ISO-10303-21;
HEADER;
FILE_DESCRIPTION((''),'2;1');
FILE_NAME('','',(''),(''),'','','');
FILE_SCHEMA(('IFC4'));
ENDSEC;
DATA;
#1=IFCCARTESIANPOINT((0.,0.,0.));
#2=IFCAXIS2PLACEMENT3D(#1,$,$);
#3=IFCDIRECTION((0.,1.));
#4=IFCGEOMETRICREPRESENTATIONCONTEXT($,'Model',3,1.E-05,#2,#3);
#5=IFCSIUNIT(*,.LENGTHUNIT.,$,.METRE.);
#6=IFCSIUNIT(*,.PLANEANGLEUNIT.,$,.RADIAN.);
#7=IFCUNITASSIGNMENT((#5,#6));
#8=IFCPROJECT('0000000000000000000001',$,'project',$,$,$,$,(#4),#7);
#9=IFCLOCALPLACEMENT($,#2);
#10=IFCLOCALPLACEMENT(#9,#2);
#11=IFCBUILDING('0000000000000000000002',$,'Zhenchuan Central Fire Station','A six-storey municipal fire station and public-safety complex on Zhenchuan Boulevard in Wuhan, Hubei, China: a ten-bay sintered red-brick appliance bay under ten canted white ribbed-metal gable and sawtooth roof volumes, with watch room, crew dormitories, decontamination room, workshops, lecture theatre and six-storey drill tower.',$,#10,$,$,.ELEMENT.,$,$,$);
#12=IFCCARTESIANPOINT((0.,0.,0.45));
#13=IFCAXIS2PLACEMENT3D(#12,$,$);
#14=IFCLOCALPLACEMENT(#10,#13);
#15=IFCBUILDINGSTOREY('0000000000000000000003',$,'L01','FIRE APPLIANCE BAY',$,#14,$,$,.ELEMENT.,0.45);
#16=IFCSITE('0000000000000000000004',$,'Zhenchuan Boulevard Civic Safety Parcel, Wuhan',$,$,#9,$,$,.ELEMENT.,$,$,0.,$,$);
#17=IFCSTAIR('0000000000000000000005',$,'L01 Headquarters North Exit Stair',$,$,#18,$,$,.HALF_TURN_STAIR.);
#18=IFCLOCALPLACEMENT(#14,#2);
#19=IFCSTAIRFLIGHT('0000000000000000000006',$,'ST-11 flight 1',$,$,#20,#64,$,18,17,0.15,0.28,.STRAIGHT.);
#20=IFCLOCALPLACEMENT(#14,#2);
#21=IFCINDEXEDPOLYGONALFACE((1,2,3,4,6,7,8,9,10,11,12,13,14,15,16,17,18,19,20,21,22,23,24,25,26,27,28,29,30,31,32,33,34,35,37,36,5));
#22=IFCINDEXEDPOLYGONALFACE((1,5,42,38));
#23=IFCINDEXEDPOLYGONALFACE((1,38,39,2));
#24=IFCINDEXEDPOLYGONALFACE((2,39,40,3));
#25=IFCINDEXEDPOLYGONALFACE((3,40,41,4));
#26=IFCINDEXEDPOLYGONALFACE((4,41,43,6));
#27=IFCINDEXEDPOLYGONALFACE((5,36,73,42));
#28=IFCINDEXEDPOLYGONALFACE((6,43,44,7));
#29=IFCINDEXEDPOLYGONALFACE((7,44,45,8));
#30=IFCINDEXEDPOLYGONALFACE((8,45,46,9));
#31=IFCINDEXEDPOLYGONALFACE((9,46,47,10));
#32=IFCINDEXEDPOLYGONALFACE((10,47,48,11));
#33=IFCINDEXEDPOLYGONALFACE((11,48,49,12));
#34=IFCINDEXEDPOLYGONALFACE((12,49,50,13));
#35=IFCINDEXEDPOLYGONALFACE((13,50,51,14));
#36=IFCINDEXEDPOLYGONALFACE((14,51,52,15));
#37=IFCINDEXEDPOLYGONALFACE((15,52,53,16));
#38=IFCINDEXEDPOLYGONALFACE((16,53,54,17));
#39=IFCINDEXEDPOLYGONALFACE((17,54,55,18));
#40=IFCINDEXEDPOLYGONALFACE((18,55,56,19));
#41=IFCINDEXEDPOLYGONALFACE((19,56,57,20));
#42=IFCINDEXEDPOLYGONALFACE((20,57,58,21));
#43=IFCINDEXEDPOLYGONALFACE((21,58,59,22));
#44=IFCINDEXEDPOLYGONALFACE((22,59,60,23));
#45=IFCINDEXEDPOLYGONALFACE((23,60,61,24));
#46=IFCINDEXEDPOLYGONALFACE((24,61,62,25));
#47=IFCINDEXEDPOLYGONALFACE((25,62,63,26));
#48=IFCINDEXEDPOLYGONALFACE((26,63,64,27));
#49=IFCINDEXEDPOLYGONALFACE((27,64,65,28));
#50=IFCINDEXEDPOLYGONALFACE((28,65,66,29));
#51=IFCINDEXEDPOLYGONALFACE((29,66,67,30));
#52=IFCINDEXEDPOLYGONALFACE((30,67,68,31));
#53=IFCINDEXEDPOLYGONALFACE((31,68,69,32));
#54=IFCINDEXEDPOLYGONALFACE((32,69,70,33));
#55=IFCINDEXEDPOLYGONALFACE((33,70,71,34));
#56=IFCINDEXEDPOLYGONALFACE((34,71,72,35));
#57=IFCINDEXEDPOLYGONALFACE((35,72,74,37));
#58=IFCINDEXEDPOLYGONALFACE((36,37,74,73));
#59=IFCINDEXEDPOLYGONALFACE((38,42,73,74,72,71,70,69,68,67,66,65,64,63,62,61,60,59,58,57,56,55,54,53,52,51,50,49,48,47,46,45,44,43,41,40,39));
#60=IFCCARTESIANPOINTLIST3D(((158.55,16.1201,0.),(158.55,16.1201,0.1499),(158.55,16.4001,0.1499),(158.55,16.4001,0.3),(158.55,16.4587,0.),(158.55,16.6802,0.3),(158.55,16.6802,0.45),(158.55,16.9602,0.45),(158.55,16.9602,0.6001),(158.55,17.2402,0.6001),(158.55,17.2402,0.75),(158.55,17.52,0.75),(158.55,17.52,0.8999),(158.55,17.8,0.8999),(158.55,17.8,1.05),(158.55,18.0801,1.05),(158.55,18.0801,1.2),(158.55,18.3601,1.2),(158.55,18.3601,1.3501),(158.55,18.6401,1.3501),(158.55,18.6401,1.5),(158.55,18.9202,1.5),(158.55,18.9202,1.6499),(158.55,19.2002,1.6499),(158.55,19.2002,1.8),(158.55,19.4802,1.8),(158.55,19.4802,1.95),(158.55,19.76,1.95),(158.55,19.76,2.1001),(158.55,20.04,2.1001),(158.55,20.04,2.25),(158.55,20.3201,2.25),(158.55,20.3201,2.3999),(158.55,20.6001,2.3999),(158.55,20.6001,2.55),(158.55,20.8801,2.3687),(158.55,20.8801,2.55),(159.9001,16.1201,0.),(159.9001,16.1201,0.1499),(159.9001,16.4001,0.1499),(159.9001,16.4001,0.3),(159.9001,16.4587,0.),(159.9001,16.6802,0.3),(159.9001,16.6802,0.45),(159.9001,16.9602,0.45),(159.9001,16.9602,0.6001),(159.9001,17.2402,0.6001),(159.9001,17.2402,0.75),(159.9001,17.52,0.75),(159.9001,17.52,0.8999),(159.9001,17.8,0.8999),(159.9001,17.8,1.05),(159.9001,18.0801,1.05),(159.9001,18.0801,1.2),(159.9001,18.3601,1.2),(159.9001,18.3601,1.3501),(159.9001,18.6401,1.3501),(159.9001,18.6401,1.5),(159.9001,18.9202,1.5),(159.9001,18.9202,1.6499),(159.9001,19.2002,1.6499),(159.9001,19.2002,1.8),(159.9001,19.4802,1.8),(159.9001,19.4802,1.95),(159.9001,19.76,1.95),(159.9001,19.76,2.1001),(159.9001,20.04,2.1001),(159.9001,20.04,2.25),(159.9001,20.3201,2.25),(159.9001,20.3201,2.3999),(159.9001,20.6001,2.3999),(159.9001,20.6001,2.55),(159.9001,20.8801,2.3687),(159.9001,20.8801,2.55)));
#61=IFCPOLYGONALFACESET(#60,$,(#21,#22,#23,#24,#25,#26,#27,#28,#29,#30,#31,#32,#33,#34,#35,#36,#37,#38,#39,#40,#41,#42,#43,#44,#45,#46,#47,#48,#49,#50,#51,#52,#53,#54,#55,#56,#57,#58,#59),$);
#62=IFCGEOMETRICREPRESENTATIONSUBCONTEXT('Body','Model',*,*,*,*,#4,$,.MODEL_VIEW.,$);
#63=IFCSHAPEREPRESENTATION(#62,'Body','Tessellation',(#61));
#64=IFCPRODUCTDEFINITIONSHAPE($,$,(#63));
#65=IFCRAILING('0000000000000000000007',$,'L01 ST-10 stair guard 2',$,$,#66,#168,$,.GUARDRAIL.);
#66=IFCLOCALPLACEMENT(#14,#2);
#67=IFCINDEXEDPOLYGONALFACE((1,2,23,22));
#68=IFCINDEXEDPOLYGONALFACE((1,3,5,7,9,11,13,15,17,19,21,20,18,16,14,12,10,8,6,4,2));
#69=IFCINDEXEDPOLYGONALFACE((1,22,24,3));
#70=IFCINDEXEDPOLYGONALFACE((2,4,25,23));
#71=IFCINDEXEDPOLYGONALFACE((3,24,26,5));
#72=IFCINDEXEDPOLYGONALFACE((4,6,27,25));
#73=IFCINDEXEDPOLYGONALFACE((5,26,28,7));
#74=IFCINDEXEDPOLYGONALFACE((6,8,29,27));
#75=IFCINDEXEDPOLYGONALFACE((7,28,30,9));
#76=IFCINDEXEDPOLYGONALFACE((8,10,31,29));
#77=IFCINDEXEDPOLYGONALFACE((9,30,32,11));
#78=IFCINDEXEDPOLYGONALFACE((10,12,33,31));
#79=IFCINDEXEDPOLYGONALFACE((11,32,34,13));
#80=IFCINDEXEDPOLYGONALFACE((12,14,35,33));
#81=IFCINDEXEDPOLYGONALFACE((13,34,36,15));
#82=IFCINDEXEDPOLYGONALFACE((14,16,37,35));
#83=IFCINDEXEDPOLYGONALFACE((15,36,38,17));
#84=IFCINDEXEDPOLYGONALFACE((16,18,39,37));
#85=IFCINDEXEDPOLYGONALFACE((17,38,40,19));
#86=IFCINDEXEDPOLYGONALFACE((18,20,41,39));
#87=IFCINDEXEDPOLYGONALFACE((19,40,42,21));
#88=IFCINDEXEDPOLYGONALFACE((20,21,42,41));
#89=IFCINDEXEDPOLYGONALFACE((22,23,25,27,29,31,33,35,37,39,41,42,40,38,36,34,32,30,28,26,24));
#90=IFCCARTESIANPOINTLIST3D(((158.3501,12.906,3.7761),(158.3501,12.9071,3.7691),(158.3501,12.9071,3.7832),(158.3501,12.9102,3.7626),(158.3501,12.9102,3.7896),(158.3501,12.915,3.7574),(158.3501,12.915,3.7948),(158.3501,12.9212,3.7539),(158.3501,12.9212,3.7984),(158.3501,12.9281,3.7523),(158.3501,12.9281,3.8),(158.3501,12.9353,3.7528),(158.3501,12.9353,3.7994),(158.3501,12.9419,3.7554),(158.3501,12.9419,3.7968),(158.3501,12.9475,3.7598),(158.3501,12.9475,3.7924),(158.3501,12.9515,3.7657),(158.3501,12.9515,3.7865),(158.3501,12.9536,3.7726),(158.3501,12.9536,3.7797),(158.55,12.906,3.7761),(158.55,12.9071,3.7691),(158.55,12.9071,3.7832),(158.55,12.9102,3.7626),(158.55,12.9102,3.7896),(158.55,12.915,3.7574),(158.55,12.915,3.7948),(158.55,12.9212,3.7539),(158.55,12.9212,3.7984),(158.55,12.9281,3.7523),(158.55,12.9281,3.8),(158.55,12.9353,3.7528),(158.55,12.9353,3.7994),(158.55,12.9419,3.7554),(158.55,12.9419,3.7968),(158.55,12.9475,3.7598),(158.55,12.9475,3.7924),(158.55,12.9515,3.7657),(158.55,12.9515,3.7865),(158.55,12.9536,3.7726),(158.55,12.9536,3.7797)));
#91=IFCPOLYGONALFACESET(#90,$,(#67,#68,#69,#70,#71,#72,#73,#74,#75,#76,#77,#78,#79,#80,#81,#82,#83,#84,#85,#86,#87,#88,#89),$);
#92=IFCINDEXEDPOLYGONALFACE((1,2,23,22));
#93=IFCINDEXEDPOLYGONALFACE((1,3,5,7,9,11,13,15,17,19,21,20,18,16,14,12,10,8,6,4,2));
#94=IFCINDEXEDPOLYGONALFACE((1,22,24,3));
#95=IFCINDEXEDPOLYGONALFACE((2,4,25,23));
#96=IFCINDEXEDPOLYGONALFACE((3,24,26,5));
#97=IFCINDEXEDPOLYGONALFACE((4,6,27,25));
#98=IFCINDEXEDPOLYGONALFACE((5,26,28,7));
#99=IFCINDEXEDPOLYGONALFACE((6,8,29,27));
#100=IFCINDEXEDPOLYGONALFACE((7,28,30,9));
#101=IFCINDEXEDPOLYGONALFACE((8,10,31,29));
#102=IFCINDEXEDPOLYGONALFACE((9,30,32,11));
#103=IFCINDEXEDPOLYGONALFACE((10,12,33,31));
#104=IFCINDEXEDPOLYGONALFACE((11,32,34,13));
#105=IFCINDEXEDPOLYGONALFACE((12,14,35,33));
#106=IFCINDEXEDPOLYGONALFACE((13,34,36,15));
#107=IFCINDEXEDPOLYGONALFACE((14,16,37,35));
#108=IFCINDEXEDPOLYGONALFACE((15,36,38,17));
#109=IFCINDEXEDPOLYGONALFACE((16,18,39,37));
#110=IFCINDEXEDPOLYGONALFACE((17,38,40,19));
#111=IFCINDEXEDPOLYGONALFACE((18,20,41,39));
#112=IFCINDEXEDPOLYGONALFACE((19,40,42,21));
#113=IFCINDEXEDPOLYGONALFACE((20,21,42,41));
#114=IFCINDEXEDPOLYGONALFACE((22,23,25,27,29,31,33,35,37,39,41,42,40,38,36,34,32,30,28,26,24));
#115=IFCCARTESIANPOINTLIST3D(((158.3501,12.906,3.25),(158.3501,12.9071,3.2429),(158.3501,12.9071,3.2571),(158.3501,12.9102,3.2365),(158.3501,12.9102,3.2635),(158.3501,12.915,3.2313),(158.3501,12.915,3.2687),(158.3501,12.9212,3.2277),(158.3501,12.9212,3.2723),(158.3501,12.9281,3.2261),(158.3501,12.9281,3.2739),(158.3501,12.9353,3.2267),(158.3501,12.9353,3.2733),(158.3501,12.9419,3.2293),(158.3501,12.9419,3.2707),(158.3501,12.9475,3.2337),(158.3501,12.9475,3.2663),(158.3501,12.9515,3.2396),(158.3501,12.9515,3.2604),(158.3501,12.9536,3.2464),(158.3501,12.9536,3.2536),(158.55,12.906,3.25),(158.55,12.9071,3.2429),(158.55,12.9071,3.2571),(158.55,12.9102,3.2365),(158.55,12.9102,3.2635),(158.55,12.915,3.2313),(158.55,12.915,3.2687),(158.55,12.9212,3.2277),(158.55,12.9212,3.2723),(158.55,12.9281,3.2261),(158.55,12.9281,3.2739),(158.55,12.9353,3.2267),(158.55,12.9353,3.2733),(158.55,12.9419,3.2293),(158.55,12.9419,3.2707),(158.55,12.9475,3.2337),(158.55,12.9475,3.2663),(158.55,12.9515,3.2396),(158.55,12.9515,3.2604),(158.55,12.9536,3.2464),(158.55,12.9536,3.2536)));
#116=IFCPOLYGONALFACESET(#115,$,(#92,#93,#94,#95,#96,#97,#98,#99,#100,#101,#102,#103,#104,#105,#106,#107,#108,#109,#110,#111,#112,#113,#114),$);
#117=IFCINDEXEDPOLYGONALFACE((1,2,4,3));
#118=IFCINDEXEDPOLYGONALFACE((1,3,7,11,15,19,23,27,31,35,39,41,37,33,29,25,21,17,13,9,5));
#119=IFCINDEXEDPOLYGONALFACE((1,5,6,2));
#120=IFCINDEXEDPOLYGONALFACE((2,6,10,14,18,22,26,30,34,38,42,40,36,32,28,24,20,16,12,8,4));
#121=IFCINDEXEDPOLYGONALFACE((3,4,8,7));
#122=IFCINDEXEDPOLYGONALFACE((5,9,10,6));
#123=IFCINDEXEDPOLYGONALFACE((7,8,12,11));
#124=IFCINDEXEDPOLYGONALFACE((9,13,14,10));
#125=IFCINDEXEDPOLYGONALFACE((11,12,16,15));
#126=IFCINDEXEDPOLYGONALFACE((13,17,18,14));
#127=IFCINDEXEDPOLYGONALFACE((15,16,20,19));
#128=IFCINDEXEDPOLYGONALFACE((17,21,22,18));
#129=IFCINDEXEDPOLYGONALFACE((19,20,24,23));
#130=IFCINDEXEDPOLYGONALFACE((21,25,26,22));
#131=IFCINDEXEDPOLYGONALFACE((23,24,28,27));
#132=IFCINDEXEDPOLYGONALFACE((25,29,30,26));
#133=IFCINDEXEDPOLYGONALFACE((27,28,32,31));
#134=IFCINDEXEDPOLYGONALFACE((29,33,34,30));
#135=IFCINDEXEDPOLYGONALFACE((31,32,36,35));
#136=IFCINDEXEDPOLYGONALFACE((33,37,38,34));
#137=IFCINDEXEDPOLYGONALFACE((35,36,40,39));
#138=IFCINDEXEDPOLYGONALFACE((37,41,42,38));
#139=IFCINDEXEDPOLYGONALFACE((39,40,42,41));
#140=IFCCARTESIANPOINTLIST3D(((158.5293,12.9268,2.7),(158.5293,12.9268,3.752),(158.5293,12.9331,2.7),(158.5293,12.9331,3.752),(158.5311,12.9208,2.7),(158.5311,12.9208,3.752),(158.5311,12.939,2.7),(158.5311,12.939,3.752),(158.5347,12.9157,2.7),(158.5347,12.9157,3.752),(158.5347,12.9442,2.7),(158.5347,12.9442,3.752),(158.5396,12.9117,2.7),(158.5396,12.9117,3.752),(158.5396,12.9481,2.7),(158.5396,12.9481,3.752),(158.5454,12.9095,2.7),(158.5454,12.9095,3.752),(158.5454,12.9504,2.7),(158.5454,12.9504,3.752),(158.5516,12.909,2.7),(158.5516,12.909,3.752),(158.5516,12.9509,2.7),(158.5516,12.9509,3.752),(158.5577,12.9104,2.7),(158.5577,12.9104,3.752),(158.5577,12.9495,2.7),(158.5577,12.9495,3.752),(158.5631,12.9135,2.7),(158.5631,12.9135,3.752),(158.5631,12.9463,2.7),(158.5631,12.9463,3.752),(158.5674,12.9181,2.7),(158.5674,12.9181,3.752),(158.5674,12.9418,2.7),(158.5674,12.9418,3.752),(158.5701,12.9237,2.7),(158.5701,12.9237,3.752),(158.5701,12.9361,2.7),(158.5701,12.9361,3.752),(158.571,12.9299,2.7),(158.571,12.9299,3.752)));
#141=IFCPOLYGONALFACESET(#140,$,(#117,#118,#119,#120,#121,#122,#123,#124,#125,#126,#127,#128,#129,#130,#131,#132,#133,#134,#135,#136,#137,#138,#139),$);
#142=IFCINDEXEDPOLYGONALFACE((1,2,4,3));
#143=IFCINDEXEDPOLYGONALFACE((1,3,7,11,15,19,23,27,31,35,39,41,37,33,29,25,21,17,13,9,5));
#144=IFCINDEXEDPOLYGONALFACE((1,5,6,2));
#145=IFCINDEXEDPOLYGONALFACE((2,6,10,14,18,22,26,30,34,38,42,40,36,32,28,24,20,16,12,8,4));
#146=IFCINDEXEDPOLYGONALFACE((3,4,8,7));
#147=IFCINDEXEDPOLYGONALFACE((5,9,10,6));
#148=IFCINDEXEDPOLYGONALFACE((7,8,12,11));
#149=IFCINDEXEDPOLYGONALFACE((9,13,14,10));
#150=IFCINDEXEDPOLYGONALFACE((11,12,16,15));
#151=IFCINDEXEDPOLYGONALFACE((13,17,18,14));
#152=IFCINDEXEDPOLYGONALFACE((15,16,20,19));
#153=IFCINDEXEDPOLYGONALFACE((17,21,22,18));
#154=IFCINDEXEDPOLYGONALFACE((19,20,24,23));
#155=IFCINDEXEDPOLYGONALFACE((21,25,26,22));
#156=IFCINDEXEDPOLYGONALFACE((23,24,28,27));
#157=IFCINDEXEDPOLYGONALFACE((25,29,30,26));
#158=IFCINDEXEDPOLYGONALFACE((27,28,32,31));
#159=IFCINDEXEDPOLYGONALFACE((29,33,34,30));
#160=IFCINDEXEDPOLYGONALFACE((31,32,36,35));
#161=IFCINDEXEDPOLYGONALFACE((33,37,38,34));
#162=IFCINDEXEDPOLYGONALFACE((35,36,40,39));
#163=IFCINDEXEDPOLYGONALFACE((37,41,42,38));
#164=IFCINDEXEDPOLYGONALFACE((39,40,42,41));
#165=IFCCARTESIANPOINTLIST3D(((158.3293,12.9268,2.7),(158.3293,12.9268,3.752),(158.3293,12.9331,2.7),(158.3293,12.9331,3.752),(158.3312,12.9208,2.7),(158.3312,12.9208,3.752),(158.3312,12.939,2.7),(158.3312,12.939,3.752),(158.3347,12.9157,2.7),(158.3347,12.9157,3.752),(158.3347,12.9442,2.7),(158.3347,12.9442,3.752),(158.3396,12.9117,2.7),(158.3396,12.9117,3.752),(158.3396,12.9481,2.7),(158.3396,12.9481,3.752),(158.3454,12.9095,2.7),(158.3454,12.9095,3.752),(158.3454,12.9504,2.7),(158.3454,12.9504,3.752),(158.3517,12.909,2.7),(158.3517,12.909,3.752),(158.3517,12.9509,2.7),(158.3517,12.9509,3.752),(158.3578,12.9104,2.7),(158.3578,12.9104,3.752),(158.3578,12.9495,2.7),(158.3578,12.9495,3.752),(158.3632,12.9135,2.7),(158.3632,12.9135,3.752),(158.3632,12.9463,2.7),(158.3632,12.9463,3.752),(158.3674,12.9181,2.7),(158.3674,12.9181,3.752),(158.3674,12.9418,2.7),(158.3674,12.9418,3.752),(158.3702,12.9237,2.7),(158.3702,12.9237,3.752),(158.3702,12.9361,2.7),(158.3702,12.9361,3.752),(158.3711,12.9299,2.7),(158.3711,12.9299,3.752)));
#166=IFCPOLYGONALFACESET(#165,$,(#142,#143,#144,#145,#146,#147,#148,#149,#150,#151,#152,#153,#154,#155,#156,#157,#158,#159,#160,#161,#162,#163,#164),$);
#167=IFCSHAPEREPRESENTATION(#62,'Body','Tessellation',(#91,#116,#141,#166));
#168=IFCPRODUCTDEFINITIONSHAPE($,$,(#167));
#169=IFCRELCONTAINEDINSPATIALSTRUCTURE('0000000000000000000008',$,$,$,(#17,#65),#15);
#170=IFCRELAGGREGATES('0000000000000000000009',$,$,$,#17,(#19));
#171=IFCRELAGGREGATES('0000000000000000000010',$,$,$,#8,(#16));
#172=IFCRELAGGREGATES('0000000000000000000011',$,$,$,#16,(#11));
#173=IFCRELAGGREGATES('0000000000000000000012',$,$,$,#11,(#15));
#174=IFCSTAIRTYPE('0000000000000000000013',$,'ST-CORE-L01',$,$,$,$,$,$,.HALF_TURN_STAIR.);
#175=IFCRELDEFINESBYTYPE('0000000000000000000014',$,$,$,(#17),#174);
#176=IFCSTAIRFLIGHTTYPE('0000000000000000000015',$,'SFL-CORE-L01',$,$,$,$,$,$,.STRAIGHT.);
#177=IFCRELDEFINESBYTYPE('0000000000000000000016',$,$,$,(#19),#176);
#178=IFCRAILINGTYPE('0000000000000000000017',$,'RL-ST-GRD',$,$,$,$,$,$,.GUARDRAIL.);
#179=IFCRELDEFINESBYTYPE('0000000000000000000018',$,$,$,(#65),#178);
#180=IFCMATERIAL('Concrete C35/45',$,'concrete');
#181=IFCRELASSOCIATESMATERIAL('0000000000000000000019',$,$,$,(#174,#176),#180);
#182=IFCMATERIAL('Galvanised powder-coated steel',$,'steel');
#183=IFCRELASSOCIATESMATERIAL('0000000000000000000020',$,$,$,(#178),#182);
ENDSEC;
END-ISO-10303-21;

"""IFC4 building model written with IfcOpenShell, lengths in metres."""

from ifc_helpers import new_model, si_unit, direction, frame, origin, origin_2d, place, context, subcontext, project, spatial, polyline, circle, outline, extrude, material, type_object, element, aggregate, save


model = new_model("IFC4")

# Units and contexts
model_context = context("Model", 3, precision=1e-05, world=origin(), true_north=direction((0.0, 1.0)))
body_context = subcontext(model_context, "Body", "Model", "MODEL_VIEW")
ifc_project = project(units=[si_unit("LENGTHUNIT", "METRE"), si_unit("PLANEANGLEUNIT", "RADIAN")], contexts=[model_context])

# Site, building, storey
site_placement = place(None, origin())
site = spatial("IfcSite", under=ifc_project, at=site_placement, Name="Zhenchuan Boulevard Civic Safety Parcel, Wuhan", CompositionType="ELEMENT", RefElevation=0.0)
building_placement = place(site_placement, origin())
building = spatial("IfcBuilding", under=site, at=building_placement, Name="Zhenchuan Central Fire Station", Description="A six-storey municipal fire station and public-safety complex on Zhenchuan Boulevard in Wuhan, Hubei, China: a ten-bay sintered red-brick appliance bay under ten canted white ribbed-metal gable and sawtooth roof volumes, with watch room, crew dormitories, decontamination room, workshops, lecture theatre and six-storey drill tower.", CompositionType="ELEMENT")
storey_placement = place(building_placement, frame((0.0, 0.0, 0.45)))
storey = spatial("IfcBuildingStorey", under=building, at=storey_placement, Name="L01", Description="FIRE APPLIANCE BAY", CompositionType="ELEMENT", Elevation=0.45)

# Shared definitions
ifc_material_1 = material(Name="Concrete C35/45", Category="concrete")

# Stair, stair flight
stair_type = type_object("IfcStairType", Name="ST-CORE-L01", PredefinedType="HALF_TURN_STAIR", material=ifc_material_1)
stair_placement = place(storey_placement, origin())
stair = element("IfcStair", 1, at=stair_placement, inside=storey, type_object=stair_type, Name="L01 Headquarters North Exit Stair", PredefinedType="HALF_TURN_STAIR")
stair_flight_type = type_object("IfcStairFlightType", Name="SFL-CORE-L01", PredefinedType="STRAIGHT", material=ifc_material_1)
stair_flight_placement = place(storey_placement, frame((159.2251, 16.1201, 0.0), z_axis=(0.0, 0.0, 1.0), x_axis=(0.0, 1.0, 0.0)))
stair_flight = element("IfcStairFlight", 2, at=stair_flight_placement, type_object=stair_flight_type, Name="ST-11 flight 1", NumberOfRisers=18, NumberOfTreads=17, PredefinedType="STRAIGHT", RiserHeight=0.15, TreadLength=0.28, context=body_context, shape_type="SweptSolid", body=[
    extrude(outline(polyline([(0.0, 0.0), (0.0, 0.1499), (0.28, 0.1499), (0.28, 0.3), (0.5601, 0.3), (0.5601, 0.45), (0.8401, 0.45), (0.8401, 0.6001), (1.1201, 0.6001), (1.1201, 0.75), (1.3999, 0.75), (1.3999, 0.8999), (1.6799, 0.8999), (1.6799, 1.05), (1.96, 1.05), (1.96, 1.2), (2.24, 1.2), (2.24, 1.3501), (2.52, 1.3501), (2.52, 1.5), (2.8, 1.5), (2.8, 1.6499), (3.0801, 1.6499), (3.0801, 1.8), (3.3601, 1.8), (3.3601, 1.95), (3.6399, 1.95), (3.6399, 2.1001), (3.9199, 2.1001), (3.9199, 2.25), (4.2, 2.25), (4.2, 2.3999), (4.48, 2.3999), (4.48, 2.55), (4.76, 2.55), (4.76, 2.7), (4.76, 2.3687), (0.3386, 0.0), (0.0, 0.0)])), frame((0.0, 0.675, 0.0), z_axis=(0.0, -1.0, 0.0), x_axis=(1.0, 0.0, 0.0)), (0.0, 0.0, 1.0), 1.3501),
])
aggregate(stair, [stair_flight])

# Railing
ifc_material_2 = material(Name="Galvanised powder-coated steel", Category="steel")
railing_type_1 = type_object("IfcRailingType", Name="RL-ST-GRD", PredefinedType="GUARDRAIL", material=ifc_material_2)
railing_1_placement = place(storey_placement, frame((158.55, 12.9299, 2.7)))
element("IfcRailing", 3, at=railing_1_placement, inside=storey, type_object=railing_type_1, Name="L01 ST-10 stair guard 2", PredefinedType="GUARDRAIL", context=body_context, shape_type="SweptSolid", body=[
    extrude(circle(Radius=0.0239, at=origin_2d()), frame((0.0, 0.0, 1.0762), z_axis=(-1.0, 0.0, 0.0), x_axis=(0.0, -1.0, 0.0)), (0.0, 0.0, 1.0), 0.2),
    extrude(circle(Radius=0.0239, at=origin_2d()), frame((0.0, 0.0, 0.55), z_axis=(-1.0, 0.0, 0.0), x_axis=(0.0, -1.0, 0.0)), (0.0, 0.0, 1.0), 0.2),
    extrude(circle(Radius=0.021, at=origin_2d()), origin(), (0.0, 0.0, 1.0), 1.052),
    extrude(circle(Radius=0.021, at=origin_2d()), frame((-0.2, 0.0, 0.0)), (0.0, 0.0, 1.0), 1.052),
])

save(model, "model.ifc")
